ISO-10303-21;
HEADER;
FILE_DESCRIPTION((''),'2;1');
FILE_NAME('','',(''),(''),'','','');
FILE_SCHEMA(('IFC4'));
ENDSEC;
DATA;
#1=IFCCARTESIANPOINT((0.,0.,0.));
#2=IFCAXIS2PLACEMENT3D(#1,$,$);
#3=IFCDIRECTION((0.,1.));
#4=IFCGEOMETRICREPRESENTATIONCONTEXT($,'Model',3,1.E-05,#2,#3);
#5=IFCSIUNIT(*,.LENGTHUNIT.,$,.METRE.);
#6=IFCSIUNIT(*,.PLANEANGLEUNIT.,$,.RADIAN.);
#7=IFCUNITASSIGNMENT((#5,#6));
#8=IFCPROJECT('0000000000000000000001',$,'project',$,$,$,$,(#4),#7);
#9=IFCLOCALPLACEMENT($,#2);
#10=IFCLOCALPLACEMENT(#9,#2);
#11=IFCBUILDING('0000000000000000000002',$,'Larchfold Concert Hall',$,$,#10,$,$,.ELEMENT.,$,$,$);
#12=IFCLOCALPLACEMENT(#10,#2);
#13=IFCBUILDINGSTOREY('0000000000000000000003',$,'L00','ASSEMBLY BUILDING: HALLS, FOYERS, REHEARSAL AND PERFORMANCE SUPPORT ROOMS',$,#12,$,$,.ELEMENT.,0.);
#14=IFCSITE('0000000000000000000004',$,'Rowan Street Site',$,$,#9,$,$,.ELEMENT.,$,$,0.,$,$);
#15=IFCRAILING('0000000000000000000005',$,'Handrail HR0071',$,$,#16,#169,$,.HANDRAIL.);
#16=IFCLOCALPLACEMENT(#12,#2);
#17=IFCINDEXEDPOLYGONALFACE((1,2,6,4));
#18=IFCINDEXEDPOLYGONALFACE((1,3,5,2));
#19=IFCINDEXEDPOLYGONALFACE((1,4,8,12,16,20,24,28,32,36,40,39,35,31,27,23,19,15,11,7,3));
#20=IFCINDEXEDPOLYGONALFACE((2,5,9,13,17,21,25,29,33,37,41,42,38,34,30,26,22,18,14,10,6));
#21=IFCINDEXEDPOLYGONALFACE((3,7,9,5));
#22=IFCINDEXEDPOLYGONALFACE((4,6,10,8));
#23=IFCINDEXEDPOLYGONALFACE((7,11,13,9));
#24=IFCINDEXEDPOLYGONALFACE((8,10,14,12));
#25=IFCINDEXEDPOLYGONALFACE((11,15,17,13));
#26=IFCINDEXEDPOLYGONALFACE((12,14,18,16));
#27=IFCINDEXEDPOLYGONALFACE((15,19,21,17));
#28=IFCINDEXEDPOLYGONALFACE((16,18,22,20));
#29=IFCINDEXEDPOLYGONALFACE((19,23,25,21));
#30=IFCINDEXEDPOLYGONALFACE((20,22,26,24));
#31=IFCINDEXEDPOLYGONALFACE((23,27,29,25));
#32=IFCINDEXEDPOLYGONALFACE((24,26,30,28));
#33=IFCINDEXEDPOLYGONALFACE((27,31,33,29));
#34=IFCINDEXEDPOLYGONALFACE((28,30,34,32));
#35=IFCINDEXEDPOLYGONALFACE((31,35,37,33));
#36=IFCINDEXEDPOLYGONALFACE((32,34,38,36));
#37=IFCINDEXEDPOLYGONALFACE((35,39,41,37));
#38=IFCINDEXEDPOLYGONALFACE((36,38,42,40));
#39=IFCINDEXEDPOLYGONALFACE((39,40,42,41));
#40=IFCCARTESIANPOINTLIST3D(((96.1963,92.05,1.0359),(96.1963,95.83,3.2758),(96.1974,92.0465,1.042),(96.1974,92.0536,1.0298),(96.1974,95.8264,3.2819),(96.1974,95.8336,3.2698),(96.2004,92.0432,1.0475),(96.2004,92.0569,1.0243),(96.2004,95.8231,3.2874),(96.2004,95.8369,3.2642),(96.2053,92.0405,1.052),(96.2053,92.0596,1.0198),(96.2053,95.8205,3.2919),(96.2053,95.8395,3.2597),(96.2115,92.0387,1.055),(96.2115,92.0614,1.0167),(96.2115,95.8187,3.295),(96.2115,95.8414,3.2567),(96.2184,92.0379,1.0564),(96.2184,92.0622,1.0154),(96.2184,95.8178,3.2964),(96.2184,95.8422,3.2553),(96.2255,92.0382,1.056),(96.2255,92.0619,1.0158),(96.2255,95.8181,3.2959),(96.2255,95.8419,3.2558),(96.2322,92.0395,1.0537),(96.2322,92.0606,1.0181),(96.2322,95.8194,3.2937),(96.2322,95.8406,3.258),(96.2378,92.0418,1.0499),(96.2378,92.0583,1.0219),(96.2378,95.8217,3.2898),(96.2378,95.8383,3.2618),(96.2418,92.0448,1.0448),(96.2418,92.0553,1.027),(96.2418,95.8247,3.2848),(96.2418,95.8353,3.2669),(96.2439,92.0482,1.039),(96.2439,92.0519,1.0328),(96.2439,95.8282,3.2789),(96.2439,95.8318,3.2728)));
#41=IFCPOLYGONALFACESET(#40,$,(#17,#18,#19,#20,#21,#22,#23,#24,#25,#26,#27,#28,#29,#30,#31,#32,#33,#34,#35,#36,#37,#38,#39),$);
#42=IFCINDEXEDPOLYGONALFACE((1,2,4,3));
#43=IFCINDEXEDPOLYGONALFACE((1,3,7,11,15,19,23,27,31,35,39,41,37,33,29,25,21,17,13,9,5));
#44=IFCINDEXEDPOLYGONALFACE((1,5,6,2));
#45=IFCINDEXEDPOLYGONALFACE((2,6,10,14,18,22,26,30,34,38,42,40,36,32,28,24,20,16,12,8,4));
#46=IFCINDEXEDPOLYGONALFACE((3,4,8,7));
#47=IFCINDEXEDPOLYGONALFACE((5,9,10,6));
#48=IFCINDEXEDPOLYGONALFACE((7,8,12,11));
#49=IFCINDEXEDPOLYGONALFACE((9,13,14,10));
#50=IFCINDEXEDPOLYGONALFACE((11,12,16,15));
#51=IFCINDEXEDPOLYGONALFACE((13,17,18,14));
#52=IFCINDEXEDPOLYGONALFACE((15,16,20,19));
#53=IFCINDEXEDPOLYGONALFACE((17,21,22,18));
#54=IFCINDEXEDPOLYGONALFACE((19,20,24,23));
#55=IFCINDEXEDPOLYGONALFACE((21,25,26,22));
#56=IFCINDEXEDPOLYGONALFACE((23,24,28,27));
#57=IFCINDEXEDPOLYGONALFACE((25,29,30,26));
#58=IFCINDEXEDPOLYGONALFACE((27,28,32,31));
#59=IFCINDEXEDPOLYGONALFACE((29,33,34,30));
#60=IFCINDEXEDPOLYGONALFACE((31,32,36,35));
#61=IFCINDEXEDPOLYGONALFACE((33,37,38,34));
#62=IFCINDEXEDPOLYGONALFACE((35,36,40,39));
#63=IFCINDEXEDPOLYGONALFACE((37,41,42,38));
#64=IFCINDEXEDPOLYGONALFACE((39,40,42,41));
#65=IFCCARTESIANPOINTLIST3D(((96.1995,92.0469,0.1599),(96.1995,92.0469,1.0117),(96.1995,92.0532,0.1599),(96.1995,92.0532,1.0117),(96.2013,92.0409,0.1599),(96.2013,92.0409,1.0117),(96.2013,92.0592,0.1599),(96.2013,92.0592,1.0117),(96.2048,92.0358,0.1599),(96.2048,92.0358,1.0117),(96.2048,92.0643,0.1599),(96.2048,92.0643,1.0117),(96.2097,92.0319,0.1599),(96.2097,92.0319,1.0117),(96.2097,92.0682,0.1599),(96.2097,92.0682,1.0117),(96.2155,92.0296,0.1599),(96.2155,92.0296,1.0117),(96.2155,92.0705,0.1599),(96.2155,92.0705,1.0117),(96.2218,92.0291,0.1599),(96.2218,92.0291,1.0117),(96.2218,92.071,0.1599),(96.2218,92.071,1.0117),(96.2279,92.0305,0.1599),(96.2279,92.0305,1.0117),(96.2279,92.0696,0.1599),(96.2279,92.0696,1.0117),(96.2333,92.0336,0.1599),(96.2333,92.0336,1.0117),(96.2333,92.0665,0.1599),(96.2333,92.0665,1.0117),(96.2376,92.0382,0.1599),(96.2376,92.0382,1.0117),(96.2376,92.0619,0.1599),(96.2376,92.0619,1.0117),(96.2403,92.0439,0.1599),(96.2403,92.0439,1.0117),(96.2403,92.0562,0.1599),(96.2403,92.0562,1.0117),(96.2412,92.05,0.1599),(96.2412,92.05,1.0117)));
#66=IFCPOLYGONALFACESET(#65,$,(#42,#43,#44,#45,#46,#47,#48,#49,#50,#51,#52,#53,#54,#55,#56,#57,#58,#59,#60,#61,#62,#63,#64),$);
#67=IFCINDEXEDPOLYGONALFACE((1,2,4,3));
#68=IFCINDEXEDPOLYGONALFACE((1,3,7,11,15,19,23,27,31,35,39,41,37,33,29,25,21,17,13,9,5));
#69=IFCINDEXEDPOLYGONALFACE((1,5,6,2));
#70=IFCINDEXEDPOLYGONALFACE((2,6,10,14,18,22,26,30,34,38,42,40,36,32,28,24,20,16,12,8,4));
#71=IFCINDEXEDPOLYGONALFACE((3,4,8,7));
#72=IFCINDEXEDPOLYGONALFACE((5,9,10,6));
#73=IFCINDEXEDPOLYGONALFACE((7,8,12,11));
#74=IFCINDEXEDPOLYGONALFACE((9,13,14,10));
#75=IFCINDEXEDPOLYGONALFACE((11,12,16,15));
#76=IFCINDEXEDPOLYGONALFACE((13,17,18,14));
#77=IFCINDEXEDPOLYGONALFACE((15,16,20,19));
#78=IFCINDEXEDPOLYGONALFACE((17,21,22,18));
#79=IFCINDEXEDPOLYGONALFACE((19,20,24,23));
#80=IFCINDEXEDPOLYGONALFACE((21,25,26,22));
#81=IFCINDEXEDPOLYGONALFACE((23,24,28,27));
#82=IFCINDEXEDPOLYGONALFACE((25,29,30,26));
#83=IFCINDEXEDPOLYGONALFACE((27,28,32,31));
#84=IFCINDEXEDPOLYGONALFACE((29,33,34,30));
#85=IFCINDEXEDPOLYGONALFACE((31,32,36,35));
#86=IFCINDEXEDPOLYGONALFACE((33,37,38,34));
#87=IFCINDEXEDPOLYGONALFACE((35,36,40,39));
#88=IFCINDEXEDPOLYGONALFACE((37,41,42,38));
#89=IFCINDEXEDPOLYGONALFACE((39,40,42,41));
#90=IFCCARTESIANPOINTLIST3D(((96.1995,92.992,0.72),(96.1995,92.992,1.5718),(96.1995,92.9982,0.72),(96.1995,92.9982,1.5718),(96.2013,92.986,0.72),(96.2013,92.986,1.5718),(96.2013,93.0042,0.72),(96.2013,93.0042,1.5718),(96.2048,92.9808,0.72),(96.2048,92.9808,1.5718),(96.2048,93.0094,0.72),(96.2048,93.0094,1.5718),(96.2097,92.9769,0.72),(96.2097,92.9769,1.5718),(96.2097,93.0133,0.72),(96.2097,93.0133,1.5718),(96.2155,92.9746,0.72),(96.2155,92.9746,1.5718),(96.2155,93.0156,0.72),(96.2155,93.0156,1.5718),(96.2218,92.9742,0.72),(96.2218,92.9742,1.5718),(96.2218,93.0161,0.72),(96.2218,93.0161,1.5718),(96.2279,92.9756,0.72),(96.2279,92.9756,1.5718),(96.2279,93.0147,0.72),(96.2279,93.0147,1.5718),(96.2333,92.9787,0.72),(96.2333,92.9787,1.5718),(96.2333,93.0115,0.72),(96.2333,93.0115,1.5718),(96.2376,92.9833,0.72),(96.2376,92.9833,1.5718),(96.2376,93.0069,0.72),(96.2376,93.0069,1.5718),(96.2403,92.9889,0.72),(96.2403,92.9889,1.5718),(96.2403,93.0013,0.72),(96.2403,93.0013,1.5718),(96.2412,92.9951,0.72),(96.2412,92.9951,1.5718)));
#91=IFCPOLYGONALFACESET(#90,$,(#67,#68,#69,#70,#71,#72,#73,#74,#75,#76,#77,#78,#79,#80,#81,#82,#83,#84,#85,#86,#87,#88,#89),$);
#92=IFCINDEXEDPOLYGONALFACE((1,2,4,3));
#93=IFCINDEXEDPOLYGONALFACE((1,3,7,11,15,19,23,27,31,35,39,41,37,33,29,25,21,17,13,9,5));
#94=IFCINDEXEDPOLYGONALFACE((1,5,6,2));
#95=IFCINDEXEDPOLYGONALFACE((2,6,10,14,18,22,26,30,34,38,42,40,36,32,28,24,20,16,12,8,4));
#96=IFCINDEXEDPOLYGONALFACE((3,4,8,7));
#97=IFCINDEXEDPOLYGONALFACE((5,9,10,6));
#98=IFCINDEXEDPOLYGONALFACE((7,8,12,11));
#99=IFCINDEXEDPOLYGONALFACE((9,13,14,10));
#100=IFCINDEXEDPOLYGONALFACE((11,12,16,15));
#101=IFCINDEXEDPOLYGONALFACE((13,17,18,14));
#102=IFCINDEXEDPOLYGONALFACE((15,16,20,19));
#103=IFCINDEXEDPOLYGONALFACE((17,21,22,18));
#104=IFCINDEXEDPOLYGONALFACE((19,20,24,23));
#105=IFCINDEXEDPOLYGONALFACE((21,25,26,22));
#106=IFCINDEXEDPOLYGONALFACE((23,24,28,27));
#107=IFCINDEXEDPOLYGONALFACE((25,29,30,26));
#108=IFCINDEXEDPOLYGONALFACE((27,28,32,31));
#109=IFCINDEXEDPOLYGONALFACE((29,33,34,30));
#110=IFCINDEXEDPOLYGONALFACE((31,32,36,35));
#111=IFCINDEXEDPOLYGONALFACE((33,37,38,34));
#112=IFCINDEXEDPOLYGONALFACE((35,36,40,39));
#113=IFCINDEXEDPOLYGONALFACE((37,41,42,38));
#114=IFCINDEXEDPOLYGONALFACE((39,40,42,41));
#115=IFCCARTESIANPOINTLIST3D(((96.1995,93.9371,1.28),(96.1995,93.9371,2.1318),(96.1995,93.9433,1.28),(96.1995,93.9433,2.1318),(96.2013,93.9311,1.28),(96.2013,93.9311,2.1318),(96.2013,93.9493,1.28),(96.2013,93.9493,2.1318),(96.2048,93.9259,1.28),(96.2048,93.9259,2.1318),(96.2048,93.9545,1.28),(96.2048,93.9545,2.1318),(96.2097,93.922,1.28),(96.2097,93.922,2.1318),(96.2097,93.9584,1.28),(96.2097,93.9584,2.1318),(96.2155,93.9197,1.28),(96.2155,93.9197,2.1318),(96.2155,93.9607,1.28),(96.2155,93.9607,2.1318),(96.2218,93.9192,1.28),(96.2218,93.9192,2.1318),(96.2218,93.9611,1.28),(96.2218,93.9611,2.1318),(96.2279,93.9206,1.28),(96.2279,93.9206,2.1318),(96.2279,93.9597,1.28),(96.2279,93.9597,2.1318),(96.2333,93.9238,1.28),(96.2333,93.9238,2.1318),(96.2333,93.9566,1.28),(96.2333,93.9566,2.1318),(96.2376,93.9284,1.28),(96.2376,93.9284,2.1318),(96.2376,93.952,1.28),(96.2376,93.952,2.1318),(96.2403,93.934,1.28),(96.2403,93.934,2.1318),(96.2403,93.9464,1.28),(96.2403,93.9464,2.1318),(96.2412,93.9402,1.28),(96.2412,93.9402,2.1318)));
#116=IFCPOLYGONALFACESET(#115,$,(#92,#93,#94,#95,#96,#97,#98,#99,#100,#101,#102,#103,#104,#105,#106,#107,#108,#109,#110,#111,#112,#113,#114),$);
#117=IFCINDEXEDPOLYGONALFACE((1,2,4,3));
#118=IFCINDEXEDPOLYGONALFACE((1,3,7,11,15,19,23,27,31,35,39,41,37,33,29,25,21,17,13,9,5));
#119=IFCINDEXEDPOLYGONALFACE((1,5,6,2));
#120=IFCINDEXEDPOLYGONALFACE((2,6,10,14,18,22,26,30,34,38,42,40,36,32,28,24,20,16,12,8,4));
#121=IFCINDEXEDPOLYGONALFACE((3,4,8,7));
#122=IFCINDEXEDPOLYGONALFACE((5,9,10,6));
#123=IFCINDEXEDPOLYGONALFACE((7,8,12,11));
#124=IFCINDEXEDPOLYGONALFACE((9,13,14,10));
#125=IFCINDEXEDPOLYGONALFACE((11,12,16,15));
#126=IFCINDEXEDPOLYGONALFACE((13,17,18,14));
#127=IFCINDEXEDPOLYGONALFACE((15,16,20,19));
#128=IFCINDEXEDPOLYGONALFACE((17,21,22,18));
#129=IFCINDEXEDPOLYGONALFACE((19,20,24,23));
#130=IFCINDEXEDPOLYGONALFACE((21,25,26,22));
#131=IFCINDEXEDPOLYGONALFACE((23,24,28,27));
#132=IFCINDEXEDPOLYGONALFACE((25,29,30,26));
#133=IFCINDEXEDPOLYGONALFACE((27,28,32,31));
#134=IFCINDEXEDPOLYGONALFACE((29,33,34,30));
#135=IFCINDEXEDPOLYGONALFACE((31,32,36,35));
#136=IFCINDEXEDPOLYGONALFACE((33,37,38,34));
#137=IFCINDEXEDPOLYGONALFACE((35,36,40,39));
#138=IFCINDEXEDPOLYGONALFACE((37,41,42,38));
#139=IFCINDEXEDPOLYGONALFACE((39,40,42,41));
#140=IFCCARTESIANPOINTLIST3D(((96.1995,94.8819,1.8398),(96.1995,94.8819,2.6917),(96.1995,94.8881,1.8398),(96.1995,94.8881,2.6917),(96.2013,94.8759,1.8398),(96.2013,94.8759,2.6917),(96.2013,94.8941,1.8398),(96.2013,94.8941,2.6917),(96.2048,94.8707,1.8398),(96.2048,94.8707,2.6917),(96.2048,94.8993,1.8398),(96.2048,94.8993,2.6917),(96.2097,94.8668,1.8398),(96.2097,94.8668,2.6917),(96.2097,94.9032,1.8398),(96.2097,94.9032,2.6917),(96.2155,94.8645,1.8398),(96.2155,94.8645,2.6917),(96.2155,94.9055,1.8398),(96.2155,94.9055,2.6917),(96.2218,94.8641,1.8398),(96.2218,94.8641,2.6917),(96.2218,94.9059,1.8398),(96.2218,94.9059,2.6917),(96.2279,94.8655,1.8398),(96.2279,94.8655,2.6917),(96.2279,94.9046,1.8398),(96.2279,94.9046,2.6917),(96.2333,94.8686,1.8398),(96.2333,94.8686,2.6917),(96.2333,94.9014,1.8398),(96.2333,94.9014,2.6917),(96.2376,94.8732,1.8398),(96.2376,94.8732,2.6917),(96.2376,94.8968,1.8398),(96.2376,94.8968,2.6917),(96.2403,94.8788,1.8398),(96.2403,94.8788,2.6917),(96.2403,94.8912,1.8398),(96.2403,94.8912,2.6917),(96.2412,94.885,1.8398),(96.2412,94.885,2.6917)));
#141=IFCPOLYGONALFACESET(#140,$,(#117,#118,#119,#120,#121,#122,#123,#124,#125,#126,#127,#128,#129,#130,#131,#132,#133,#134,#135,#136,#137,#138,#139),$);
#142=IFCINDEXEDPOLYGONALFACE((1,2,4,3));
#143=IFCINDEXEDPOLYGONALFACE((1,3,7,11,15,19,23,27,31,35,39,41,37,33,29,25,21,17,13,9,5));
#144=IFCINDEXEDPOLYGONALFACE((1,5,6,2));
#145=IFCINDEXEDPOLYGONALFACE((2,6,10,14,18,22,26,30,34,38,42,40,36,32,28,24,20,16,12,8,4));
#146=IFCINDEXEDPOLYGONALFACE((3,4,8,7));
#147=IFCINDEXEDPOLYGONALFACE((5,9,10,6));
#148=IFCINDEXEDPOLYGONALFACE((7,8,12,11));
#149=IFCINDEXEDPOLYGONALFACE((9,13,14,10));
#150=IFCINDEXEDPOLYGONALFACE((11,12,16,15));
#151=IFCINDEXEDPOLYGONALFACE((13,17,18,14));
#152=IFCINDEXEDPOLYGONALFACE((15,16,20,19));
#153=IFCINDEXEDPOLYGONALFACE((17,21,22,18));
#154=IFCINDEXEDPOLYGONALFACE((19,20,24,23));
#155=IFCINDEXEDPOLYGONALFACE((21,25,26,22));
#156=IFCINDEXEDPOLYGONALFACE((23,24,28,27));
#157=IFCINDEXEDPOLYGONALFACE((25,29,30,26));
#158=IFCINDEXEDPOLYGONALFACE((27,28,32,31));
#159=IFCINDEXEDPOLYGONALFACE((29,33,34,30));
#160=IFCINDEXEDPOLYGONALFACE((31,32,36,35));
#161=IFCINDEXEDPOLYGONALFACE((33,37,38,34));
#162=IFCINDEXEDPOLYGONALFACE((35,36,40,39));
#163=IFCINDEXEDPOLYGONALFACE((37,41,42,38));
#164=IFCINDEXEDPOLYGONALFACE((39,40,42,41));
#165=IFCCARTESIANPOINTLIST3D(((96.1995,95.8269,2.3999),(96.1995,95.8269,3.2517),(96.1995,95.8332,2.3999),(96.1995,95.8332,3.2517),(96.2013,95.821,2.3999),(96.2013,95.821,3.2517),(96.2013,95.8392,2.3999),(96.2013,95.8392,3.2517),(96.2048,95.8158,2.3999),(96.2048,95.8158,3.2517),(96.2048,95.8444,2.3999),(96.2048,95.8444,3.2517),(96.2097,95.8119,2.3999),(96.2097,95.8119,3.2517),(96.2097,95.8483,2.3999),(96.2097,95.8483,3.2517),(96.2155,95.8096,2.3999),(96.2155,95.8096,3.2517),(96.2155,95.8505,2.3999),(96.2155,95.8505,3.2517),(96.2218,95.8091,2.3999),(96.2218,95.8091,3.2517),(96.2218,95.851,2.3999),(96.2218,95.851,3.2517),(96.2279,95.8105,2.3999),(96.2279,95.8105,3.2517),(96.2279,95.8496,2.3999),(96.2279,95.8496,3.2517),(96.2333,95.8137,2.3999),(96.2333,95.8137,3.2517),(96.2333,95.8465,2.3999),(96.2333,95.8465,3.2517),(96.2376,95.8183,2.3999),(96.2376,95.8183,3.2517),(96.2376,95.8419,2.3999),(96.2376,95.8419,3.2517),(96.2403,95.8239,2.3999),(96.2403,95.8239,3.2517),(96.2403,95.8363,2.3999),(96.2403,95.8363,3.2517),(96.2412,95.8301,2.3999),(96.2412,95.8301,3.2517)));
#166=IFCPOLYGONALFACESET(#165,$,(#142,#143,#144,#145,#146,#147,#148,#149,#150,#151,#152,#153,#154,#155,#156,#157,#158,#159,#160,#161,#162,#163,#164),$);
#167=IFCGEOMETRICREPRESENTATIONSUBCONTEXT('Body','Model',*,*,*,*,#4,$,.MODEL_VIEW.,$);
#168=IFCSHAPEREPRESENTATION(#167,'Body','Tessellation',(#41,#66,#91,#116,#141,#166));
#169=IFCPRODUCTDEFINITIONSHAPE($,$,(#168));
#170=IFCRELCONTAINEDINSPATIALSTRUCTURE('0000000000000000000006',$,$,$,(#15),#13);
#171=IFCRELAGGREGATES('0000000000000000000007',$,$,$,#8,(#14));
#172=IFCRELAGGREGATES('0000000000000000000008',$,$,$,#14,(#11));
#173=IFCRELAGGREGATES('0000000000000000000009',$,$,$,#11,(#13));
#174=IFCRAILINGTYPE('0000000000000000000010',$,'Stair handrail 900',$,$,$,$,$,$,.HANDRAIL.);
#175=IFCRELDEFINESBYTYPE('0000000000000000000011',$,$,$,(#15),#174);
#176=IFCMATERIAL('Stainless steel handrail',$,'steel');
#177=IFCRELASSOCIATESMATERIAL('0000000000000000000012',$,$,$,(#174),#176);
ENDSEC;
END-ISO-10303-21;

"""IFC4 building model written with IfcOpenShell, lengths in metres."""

from ifc_helpers import new_model, si_unit, direction, frame, origin, origin_2d, place, context, subcontext, project, spatial, circle, extrude, material, type_object, element, save


model = new_model("IFC4")

# Units and contexts
model_context = context("Model", 3, precision=1e-05, world=origin(), true_north=direction((0.0, 1.0)))
body_context = subcontext(model_context, "Body", "Model", "MODEL_VIEW")
ifc_project = project(units=[si_unit("LENGTHUNIT", "METRE"), si_unit("PLANEANGLEUNIT", "RADIAN")], contexts=[model_context])

# Site, building, storey
site_placement = place(None, origin())
site = spatial("IfcSite", under=ifc_project, at=site_placement, Name="Rowan Street Site", CompositionType="ELEMENT", RefElevation=0.0)
building_placement = place(site_placement, origin())
building = spatial("IfcBuilding", under=site, at=building_placement, Name="Larchfold Concert Hall", CompositionType="ELEMENT")
storey_placement = place(building_placement, origin())
storey = spatial("IfcBuildingStorey", under=building, at=storey_placement, Name="L00", Description="ASSEMBLY BUILDING: HALLS, FOYERS, REHEARSAL AND PERFORMANCE SUPPORT ROOMS", CompositionType="ELEMENT", Elevation=0.0)

# Railing
ifc_material_1 = material(Name="Stainless steel handrail", Category="steel")
railing_type_1 = type_object("IfcRailingType", Name="Stair handrail 900", PredefinedType="HANDRAIL", material=ifc_material_1)
railing_1_placement = place(storey_placement, frame((96.2202, 92.05, 0.1599)))
element("IfcRailing", 1, at=railing_1_placement, inside=storey, type_object=railing_type_1, Name="Handrail HR0071", PredefinedType="HANDRAIL", context=body_context, shape_type="SweptSolid", body=[
    extrude(circle(Radius=0.0239, at=origin_2d()), frame((0.0, 0.0, 0.876), z_axis=(0.0, 0.860294, 0.509798), x_axis=(-1.0, 0.0, 0.0)), (0.0, 0.0, 1.0), 4.3938),
    extrude(circle(Radius=0.021, at=origin_2d()), origin(), (0.0, 0.0, 1.0), 0.8518),
    extrude(circle(Radius=0.021, at=origin_2d()), frame((0.0, 0.9451, 0.5601)), (0.0, 0.0, 1.0), 0.8518),
    extrude(circle(Radius=0.021, at=origin_2d()), frame((0.0, 1.8901, 1.1201)), (0.0, 0.0, 1.0), 0.8518),
    extrude(circle(Radius=0.021, at=origin_2d()), frame((0.0, 2.835, 1.6799)), (0.0, 0.0, 1.0), 0.8518),
    extrude(circle(Radius=0.021, at=origin_2d()), frame((0.0, 3.78, 2.24)), (0.0, 0.0, 1.0), 0.8518),
])

save(model, "model.ifc")
